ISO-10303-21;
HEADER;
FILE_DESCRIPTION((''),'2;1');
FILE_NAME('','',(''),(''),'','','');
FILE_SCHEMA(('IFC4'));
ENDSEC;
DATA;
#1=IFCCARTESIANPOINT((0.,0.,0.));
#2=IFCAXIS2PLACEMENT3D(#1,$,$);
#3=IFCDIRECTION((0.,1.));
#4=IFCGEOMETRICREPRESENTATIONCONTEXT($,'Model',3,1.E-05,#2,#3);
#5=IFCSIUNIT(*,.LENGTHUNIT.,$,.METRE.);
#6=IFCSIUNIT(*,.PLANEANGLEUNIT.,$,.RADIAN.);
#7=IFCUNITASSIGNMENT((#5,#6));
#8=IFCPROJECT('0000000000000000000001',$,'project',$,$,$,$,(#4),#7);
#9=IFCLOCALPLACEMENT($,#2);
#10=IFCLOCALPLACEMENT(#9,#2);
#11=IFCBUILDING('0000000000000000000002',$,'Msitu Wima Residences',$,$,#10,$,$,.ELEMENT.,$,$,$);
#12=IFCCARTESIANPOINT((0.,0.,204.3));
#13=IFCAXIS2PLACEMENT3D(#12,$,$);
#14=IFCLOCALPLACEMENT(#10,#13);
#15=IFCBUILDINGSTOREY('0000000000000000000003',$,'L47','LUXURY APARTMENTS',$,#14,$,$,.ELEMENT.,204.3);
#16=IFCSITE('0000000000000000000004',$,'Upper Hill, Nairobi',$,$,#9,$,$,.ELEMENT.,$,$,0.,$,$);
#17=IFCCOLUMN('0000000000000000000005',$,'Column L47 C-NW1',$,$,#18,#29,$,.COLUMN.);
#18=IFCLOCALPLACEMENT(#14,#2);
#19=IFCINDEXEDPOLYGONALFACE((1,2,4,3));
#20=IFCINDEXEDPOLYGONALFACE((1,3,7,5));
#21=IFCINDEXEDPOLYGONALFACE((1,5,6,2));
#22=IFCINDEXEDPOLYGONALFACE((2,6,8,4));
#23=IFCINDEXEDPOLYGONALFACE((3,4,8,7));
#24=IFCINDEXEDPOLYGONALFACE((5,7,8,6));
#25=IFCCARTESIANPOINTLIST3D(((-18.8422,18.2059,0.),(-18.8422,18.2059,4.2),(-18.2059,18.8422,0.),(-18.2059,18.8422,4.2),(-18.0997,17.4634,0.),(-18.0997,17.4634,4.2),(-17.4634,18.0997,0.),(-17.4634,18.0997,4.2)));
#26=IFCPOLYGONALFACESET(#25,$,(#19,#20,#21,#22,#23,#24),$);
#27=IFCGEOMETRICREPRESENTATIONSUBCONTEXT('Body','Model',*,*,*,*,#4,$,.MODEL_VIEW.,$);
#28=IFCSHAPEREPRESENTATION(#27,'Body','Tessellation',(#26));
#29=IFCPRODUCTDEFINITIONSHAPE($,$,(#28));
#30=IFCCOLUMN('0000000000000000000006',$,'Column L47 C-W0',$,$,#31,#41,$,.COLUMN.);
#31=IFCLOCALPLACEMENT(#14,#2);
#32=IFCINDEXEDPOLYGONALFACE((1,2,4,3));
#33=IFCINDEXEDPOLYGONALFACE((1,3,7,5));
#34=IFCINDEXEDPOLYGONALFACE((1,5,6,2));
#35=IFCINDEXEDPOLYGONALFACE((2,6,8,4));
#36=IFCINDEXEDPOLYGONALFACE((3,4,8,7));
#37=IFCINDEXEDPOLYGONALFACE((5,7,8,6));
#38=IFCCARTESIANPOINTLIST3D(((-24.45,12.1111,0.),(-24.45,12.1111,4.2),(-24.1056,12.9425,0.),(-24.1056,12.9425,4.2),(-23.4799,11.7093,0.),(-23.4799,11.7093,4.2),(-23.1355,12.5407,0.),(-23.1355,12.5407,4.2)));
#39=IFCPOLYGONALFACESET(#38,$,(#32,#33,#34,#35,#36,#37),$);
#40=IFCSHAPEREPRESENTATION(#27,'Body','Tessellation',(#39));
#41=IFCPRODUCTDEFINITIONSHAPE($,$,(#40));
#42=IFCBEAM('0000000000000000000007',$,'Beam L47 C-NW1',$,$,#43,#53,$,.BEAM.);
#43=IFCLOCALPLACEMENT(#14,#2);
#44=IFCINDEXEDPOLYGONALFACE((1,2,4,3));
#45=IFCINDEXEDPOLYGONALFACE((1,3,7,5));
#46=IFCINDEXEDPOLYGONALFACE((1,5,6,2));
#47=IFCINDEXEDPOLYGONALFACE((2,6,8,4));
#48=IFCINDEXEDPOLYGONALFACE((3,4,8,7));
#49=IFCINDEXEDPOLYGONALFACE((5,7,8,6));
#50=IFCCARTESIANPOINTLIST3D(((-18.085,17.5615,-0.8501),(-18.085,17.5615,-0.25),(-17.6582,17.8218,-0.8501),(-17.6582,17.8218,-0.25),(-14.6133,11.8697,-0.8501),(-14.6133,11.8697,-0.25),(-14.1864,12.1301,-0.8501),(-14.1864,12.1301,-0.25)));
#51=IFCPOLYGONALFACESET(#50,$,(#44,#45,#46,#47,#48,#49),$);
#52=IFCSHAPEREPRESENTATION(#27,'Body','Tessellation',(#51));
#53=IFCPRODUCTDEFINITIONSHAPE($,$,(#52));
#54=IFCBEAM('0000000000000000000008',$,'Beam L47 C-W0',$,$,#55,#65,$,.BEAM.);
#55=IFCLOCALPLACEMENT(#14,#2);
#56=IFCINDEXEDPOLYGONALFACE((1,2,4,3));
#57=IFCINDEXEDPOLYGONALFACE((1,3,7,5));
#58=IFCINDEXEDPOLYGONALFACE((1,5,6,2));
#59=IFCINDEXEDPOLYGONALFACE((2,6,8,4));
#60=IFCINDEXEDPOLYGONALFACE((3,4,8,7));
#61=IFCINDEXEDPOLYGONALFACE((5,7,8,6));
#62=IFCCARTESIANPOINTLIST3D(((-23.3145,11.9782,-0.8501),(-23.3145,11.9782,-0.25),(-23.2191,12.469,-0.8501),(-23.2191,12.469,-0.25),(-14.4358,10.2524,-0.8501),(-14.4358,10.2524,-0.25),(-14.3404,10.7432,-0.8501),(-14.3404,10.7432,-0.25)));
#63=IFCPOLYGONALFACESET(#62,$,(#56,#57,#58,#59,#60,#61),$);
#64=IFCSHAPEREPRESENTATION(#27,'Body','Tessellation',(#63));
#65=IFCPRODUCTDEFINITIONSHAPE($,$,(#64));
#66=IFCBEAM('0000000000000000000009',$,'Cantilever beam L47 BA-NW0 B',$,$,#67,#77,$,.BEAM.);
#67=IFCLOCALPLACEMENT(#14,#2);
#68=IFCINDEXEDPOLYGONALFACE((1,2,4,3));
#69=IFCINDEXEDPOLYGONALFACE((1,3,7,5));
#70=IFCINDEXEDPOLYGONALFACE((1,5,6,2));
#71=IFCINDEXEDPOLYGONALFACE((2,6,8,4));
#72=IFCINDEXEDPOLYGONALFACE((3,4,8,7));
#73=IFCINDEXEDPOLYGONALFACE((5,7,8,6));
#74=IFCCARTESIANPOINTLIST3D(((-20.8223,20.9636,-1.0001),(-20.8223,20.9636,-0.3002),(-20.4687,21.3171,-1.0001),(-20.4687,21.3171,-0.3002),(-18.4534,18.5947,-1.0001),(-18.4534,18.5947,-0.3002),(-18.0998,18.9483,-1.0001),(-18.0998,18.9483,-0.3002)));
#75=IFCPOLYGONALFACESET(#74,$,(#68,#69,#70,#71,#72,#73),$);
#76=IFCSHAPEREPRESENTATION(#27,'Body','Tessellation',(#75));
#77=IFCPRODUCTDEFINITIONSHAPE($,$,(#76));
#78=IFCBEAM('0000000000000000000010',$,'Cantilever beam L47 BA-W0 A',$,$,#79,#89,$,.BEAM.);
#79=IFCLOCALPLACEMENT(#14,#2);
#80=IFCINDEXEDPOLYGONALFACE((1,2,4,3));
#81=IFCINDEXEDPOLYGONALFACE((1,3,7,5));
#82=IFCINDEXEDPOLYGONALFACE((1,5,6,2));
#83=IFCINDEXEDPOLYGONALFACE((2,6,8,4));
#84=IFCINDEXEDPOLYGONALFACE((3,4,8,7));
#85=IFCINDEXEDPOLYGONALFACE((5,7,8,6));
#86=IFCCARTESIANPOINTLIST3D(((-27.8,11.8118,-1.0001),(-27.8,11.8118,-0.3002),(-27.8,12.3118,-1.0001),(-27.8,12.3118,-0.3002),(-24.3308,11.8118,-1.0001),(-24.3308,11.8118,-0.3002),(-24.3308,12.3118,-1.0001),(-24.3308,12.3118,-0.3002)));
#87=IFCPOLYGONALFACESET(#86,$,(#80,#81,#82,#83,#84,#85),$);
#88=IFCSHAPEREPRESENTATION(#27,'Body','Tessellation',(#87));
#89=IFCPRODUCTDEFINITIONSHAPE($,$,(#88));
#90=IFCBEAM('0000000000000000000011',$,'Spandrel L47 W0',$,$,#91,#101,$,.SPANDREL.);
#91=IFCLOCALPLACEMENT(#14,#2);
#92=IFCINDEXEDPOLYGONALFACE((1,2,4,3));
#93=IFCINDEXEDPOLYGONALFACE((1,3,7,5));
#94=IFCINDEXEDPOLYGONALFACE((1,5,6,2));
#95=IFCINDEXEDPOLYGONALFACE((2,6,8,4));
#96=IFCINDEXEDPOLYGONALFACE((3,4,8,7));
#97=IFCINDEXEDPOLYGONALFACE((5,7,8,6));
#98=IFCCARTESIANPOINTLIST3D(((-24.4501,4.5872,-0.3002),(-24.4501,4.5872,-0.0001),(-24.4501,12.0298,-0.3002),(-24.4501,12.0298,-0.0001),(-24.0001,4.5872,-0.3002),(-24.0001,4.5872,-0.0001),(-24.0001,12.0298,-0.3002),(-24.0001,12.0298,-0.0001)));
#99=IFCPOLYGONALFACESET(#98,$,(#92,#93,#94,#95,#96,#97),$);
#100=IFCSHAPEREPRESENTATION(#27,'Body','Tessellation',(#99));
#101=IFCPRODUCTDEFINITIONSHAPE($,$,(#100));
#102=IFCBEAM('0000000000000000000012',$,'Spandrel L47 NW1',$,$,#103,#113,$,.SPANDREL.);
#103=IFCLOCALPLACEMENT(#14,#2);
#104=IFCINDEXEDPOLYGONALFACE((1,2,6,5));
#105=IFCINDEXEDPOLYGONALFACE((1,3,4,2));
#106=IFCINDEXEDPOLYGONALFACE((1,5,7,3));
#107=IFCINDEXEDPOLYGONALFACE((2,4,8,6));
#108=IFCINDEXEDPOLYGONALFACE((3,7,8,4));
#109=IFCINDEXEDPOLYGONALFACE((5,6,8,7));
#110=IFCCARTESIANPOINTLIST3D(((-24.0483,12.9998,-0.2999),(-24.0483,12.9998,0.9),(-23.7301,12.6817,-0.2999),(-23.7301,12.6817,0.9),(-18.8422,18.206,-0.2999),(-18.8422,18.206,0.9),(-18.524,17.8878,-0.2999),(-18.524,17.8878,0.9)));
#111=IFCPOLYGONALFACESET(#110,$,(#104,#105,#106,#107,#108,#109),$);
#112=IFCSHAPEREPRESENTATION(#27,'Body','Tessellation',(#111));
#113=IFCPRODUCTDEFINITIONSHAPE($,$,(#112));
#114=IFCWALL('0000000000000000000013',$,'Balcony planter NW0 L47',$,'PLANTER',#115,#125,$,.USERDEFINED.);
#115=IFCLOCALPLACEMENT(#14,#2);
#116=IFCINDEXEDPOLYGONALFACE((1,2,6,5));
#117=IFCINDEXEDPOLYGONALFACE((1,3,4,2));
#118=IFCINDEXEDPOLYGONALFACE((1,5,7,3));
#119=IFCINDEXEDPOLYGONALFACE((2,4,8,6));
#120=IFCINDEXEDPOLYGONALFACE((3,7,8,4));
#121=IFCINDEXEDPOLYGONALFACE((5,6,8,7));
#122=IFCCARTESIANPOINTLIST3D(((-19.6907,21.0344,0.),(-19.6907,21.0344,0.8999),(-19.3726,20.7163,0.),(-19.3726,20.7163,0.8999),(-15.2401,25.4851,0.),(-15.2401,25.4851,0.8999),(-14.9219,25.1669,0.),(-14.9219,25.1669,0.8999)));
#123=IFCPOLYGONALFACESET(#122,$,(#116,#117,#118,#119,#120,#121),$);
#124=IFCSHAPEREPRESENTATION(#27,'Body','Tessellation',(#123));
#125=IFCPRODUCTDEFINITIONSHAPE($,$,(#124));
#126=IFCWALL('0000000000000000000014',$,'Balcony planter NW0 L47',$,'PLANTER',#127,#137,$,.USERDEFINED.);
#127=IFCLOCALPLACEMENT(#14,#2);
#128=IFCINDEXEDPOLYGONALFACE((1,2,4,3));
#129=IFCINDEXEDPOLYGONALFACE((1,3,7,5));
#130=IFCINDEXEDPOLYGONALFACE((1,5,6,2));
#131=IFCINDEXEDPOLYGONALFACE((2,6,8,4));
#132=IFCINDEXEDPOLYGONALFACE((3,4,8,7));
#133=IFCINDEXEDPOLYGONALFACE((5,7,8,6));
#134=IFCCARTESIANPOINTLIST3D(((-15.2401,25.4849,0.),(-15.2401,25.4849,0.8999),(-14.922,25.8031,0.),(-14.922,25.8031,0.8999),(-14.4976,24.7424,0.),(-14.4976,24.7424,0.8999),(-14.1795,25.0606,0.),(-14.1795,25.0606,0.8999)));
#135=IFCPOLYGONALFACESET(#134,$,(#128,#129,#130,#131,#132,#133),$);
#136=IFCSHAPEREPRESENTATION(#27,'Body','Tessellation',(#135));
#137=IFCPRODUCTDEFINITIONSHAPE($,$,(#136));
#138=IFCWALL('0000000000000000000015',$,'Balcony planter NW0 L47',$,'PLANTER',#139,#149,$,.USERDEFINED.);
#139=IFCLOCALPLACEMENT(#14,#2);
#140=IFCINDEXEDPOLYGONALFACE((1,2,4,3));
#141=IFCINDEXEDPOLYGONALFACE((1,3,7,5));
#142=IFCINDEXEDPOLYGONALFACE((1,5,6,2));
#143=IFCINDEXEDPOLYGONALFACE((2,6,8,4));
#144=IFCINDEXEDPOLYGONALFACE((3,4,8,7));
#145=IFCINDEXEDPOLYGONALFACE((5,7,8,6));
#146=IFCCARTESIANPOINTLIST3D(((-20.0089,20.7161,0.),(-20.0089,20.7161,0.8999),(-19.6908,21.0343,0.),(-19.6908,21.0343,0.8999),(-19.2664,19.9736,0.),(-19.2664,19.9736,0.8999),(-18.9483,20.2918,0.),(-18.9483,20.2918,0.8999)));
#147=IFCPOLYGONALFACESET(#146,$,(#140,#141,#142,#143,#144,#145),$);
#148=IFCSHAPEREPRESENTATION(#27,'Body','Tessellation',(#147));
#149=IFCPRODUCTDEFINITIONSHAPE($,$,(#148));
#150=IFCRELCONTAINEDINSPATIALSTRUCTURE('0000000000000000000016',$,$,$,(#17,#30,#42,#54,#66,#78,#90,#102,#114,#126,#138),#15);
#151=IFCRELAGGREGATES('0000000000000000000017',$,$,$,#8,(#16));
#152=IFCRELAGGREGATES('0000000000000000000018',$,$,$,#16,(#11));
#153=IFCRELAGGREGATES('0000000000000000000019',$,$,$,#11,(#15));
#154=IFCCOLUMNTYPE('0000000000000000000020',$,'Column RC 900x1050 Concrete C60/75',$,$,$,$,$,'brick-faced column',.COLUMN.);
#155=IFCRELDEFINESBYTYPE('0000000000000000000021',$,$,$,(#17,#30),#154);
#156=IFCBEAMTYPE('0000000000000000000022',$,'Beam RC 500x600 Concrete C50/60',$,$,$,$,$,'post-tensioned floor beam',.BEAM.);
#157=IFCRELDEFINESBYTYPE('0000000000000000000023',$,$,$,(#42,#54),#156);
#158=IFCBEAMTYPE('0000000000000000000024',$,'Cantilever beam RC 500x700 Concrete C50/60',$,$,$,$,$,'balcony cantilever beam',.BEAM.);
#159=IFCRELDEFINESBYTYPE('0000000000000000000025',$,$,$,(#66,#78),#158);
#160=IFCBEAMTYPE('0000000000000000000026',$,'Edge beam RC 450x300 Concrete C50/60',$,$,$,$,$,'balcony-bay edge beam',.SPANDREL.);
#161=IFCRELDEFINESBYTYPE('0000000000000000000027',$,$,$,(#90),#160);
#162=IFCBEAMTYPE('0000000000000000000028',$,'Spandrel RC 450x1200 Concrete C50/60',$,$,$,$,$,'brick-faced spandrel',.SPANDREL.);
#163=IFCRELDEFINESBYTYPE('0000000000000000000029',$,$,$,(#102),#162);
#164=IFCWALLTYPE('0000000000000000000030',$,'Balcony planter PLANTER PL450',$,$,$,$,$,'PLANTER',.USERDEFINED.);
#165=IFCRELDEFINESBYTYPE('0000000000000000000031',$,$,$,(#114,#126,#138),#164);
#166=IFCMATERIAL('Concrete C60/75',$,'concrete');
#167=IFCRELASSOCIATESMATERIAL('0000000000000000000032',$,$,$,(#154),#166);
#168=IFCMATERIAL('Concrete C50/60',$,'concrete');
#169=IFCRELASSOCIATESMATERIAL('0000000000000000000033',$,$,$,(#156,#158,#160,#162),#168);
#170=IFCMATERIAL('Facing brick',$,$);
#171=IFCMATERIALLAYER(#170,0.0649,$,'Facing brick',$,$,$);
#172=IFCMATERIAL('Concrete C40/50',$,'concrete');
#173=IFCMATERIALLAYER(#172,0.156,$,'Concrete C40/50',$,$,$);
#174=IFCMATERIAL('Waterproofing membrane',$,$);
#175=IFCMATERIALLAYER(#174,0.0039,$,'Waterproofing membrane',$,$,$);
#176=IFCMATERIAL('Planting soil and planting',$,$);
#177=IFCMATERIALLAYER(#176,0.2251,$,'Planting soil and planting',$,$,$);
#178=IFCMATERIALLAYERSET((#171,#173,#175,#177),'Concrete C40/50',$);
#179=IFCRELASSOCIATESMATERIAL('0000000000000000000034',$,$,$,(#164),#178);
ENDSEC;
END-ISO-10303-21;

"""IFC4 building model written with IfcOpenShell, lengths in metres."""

from ifc_helpers import new_model, si_unit, direction, frame, frame_2d, origin, origin_2d, place, context, subcontext, project, spatial, rectangle, extrude, material, layer, layer_set, material_profile, profile_set, type_object, element, save


model = new_model("IFC4")

# Units and contexts
model_context = context("Model", 3, precision=1e-05, world=origin(), true_north=direction((0.0, 1.0)))
body_context = subcontext(model_context, "Body", "Model", "MODEL_VIEW")
ifc_project = project(units=[si_unit("LENGTHUNIT", "METRE"), si_unit("PLANEANGLEUNIT", "RADIAN")], contexts=[model_context])

# Site, building, storey
site_placement = place(None, origin())
site = spatial("IfcSite", under=ifc_project, at=site_placement, Name="Upper Hill, Nairobi", CompositionType="ELEMENT", RefElevation=0.0)
building_placement = place(site_placement, origin())
building = spatial("IfcBuilding", under=site, at=building_placement, Name="Msitu Wima Residences", CompositionType="ELEMENT")
storey_placement = place(building_placement, frame((0.0, 0.0, 204.3)))
storey = spatial("IfcBuildingStorey", under=building, at=storey_placement, Name="L47", Description="LUXURY APARTMENTS", CompositionType="ELEMENT", Elevation=204.3)

# Columns
ifc_material_1 = material(Name="Concrete C60/75", Category="concrete")
ifc_material_profile_1 = material_profile(ifc_material_1, rectangle(XDim=0.8999, YDim=1.05, at=origin_2d()), Name="RC 900x1050")
ifc_profile_set_1 = profile_set([ifc_material_profile_1], Name="Concrete C60/75")
column_type = type_object("IfcColumnType", Name="Column RC 900x1050 Concrete C60/75", ElementType="brick-faced column", PredefinedType="COLUMN", material=ifc_profile_set_1)
for number, where, z_axis, x_axis, name in (
    (1, (-18.1528, 18.1528, 0.0), (0.0, 0.0, 1.0), (-0.707107, -0.707107, 0.0), "Column L47 C-NW1"),
    (2, (-23.7927, 12.3259, 0.0), (0.0, 0.0, 1.0), (-0.382683, -0.92388, 0.0), "Column L47 C-W0"),
):
    element("IfcColumn", number, at=place(storey_placement, frame(where, z_axis=z_axis, x_axis=x_axis)), inside=storey, type_object=column_type, Name=name, PredefinedType="COLUMN", context=body_context, shape_type="SweptSolid", body=[
        extrude(rectangle(XDim=0.8999, YDim=1.05, at=origin_2d()), origin(), (0.0, 0.0, 1.0), 4.2),
    ])

# Beams
ifc_material_2 = material(Name="Concrete C50/60", Category="concrete")
ifc_material_profile_2 = material_profile(ifc_material_2, rectangle(XDim=0.5, YDim=0.6001, at=origin_2d()), Name="RC 500x600")
ifc_profile_set_2 = profile_set([ifc_material_profile_2], Name="Concrete C50/60")
beam_type_1 = type_object("IfcBeamType", Name="Beam RC 500x600 Concrete C50/60", ElementType="post-tensioned floor beam", PredefinedType="BEAM", material=ifc_profile_set_2)
beam_1_placement = place(storey_placement, frame((-17.8716, 17.6917, -0.55), z_axis=(0.520734, -0.853719, 0.0), x_axis=(0.853719, 0.520734, 0.0)))
element("IfcBeam", 3, at=beam_1_placement, inside=storey, type_object=beam_type_1, Name="Beam L47 C-NW1", PredefinedType="BEAM", context=body_context, shape_type="SweptSolid", body=[
    extrude(rectangle(XDim=0.5, YDim=0.6001, at=origin_2d()), origin(), (0.0, 0.0, 1.0), 6.667),
])
beam_2_placement = place(storey_placement, frame((-23.2668, 12.2236, -0.55), z_axis=(0.981627, -0.190808, 0.0), x_axis=(0.190808, 0.981627, 0.0)))
element("IfcBeam", 4, at=beam_2_placement, inside=storey, type_object=beam_type_1, Name="Beam L47 C-W0", PredefinedType="BEAM", context=body_context, shape_type="SweptSolid", body=[
    extrude(rectangle(XDim=0.5, YDim=0.6001, at=origin_2d()), origin(), (0.0, 0.0, 1.0), 9.0449),
])
ifc_material_profile_3 = material_profile(ifc_material_2, rectangle(XDim=0.5, YDim=0.7, at=origin_2d()), Name="RC 500x700")
ifc_profile_set_3 = profile_set([ifc_material_profile_3], Name="Concrete C50/60")
beam_type_2 = type_object("IfcBeamType", Name="Cantilever beam RC 500x700 Concrete C50/60", ElementType="balcony cantilever beam", PredefinedType="BEAM", material=ifc_profile_set_3)
beam_3_placement = place(storey_placement, frame((-18.2766, 18.7715, -0.6501), z_axis=(-0.707107, 0.707107, 0.0), x_axis=(-0.707107, -0.707107, 0.0)))
element("IfcBeam", 5, at=beam_3_placement, inside=storey, type_object=beam_type_2, Name="Cantilever beam L47 BA-NW0 B", PredefinedType="BEAM", context=body_context, shape_type="SweptSolid", body=[
    extrude(rectangle(XDim=0.5, YDim=0.7, at=origin_2d()), origin(), (0.0, 0.0, 1.0), 3.3501),
])
beam_4_placement = place(storey_placement, frame((-24.3308, 12.0618, -0.6501), z_axis=(-1.0, 0.0, 0.0), x_axis=(0.0, -1.0, 0.0)))
element("IfcBeam", 6, at=beam_4_placement, inside=storey, type_object=beam_type_2, Name="Cantilever beam L47 BA-W0 A", PredefinedType="BEAM", context=body_context, shape_type="SweptSolid", body=[
    extrude(rectangle(XDim=0.5, YDim=0.7, at=origin_2d()), origin(), (0.0, 0.0, 1.0), 3.4692),
])
ifc_material_profile_4 = material_profile(ifc_material_2, rectangle(XDim=0.45, YDim=0.3, at=origin_2d()), Name="RC 450x300")
ifc_profile_set_4 = profile_set([ifc_material_profile_4], Name="Concrete C50/60")
beam_type_3 = type_object("IfcBeamType", Name="Edge beam RC 450x300 Concrete C50/60", ElementType="balcony-bay edge beam", PredefinedType="SPANDREL", material=ifc_profile_set_4)
beam_5_placement = place(storey_placement, frame((-24.2251, 12.0298, -0.1501), z_axis=(0.0, -1.0, 0.0), x_axis=(1.0, 0.0, 0.0)))
element("IfcBeam", 7, at=beam_5_placement, inside=storey, type_object=beam_type_3, Name="Spandrel L47 W0", PredefinedType="SPANDREL", context=body_context, shape_type="SweptSolid", body=[
    extrude(rectangle(XDim=0.45, YDim=0.3, at=origin_2d()), origin(), (0.0, 0.0, 1.0), 7.4426),
])
ifc_material_profile_5 = material_profile(ifc_material_2, rectangle(XDim=0.45, YDim=1.2, at=origin_2d()), Name="RC 450x1200")
ifc_profile_set_5 = profile_set([ifc_material_profile_5], Name="Concrete C50/60")
beam_type_4 = type_object("IfcBeamType", Name="Spandrel RC 450x1200 Concrete C50/60", ElementType="brick-faced spandrel", PredefinedType="SPANDREL", material=ifc_profile_set_5)
beam_6_placement = place(storey_placement, frame((-18.6831, 18.0469, 0.3), z_axis=(-0.707107, -0.707107, 0.0), x_axis=(0.707107, -0.707107, 0.0)))
element("IfcBeam", 8, at=beam_6_placement, inside=storey, type_object=beam_type_4, Name="Spandrel L47 NW1", PredefinedType="SPANDREL", context=body_context, shape_type="SweptSolid", body=[
    extrude(rectangle(XDim=0.45, YDim=1.2, at=origin_2d()), origin(), (0.0, 0.0, 1.0), 7.3625),
])

# Walls
ifc_material_3 = material(Name="Facing brick")
ifc_layer_1 = layer(ifc_material_3, 0.0649, Name="Facing brick")
ifc_material_4 = material(Name="Concrete C40/50", Category="concrete")
ifc_layer_2 = layer(ifc_material_4, 0.156, Name="Concrete C40/50")
ifc_material_5 = material(Name="Waterproofing membrane")
ifc_layer_3 = layer(ifc_material_5, 0.0039, Name="Waterproofing membrane")
ifc_material_6 = material(Name="Planting soil and planting")
ifc_layer_4 = layer(ifc_material_6, 0.2251, Name="Planting soil and planting")
ifc_layer_set_1 = layer_set([ifc_layer_1, ifc_layer_2, ifc_layer_3, ifc_layer_4], Name="Concrete C40/50")
wall_type_1 = type_object("IfcWallType", Name="Balcony planter PLANTER PL450", ElementType="PLANTER", PredefinedType="USERDEFINED", material=ifc_layer_set_1)
wall_1_placement = place(storey_placement, frame((-15.0811, 25.3259, 0.0), z_axis=(0.0, 0.0, 1.0), x_axis=(-0.707107, -0.707107, 0.0)))
element("IfcWall", 9, at=wall_1_placement, inside=storey, type_object=wall_type_1, Name="Balcony planter NW0 L47", ObjectType="PLANTER", PredefinedType="USERDEFINED", context=body_context, shape_type="SweptSolid", body=[
    extrude(rectangle(XDim=6.2942, YDim=0.45, at=frame_2d((3.147, 0.0))), origin(), (0.0, 0.0, 1.0), 0.8999),
])
for number, where, z_axis, x_axis, name in (
    (10, (-14.3386, 24.9016, 0.0), (0.0, 0.0, 1.0), (-0.707107, 0.707107, 0.0), "Balcony planter NW0 L47"),
    (11, (-19.1074, 20.1328, 0.0), (0.0, 0.0, 1.0), (-0.707107, 0.707107, 0.0), "Balcony planter NW0 L47"),
):
    element("IfcWall", number, at=place(storey_placement, frame(where, z_axis=z_axis, x_axis=x_axis)), inside=storey, type_object=wall_type_1, Name=name, ObjectType="PLANTER", PredefinedType="USERDEFINED", context=body_context, shape_type="SweptSolid", body=[
        extrude(rectangle(XDim=1.05, YDim=0.45, at=frame_2d((0.5249, 0.0))), origin(), (0.0, 0.0, 1.0), 0.8999),
    ])

save(model, "model.ifc")
